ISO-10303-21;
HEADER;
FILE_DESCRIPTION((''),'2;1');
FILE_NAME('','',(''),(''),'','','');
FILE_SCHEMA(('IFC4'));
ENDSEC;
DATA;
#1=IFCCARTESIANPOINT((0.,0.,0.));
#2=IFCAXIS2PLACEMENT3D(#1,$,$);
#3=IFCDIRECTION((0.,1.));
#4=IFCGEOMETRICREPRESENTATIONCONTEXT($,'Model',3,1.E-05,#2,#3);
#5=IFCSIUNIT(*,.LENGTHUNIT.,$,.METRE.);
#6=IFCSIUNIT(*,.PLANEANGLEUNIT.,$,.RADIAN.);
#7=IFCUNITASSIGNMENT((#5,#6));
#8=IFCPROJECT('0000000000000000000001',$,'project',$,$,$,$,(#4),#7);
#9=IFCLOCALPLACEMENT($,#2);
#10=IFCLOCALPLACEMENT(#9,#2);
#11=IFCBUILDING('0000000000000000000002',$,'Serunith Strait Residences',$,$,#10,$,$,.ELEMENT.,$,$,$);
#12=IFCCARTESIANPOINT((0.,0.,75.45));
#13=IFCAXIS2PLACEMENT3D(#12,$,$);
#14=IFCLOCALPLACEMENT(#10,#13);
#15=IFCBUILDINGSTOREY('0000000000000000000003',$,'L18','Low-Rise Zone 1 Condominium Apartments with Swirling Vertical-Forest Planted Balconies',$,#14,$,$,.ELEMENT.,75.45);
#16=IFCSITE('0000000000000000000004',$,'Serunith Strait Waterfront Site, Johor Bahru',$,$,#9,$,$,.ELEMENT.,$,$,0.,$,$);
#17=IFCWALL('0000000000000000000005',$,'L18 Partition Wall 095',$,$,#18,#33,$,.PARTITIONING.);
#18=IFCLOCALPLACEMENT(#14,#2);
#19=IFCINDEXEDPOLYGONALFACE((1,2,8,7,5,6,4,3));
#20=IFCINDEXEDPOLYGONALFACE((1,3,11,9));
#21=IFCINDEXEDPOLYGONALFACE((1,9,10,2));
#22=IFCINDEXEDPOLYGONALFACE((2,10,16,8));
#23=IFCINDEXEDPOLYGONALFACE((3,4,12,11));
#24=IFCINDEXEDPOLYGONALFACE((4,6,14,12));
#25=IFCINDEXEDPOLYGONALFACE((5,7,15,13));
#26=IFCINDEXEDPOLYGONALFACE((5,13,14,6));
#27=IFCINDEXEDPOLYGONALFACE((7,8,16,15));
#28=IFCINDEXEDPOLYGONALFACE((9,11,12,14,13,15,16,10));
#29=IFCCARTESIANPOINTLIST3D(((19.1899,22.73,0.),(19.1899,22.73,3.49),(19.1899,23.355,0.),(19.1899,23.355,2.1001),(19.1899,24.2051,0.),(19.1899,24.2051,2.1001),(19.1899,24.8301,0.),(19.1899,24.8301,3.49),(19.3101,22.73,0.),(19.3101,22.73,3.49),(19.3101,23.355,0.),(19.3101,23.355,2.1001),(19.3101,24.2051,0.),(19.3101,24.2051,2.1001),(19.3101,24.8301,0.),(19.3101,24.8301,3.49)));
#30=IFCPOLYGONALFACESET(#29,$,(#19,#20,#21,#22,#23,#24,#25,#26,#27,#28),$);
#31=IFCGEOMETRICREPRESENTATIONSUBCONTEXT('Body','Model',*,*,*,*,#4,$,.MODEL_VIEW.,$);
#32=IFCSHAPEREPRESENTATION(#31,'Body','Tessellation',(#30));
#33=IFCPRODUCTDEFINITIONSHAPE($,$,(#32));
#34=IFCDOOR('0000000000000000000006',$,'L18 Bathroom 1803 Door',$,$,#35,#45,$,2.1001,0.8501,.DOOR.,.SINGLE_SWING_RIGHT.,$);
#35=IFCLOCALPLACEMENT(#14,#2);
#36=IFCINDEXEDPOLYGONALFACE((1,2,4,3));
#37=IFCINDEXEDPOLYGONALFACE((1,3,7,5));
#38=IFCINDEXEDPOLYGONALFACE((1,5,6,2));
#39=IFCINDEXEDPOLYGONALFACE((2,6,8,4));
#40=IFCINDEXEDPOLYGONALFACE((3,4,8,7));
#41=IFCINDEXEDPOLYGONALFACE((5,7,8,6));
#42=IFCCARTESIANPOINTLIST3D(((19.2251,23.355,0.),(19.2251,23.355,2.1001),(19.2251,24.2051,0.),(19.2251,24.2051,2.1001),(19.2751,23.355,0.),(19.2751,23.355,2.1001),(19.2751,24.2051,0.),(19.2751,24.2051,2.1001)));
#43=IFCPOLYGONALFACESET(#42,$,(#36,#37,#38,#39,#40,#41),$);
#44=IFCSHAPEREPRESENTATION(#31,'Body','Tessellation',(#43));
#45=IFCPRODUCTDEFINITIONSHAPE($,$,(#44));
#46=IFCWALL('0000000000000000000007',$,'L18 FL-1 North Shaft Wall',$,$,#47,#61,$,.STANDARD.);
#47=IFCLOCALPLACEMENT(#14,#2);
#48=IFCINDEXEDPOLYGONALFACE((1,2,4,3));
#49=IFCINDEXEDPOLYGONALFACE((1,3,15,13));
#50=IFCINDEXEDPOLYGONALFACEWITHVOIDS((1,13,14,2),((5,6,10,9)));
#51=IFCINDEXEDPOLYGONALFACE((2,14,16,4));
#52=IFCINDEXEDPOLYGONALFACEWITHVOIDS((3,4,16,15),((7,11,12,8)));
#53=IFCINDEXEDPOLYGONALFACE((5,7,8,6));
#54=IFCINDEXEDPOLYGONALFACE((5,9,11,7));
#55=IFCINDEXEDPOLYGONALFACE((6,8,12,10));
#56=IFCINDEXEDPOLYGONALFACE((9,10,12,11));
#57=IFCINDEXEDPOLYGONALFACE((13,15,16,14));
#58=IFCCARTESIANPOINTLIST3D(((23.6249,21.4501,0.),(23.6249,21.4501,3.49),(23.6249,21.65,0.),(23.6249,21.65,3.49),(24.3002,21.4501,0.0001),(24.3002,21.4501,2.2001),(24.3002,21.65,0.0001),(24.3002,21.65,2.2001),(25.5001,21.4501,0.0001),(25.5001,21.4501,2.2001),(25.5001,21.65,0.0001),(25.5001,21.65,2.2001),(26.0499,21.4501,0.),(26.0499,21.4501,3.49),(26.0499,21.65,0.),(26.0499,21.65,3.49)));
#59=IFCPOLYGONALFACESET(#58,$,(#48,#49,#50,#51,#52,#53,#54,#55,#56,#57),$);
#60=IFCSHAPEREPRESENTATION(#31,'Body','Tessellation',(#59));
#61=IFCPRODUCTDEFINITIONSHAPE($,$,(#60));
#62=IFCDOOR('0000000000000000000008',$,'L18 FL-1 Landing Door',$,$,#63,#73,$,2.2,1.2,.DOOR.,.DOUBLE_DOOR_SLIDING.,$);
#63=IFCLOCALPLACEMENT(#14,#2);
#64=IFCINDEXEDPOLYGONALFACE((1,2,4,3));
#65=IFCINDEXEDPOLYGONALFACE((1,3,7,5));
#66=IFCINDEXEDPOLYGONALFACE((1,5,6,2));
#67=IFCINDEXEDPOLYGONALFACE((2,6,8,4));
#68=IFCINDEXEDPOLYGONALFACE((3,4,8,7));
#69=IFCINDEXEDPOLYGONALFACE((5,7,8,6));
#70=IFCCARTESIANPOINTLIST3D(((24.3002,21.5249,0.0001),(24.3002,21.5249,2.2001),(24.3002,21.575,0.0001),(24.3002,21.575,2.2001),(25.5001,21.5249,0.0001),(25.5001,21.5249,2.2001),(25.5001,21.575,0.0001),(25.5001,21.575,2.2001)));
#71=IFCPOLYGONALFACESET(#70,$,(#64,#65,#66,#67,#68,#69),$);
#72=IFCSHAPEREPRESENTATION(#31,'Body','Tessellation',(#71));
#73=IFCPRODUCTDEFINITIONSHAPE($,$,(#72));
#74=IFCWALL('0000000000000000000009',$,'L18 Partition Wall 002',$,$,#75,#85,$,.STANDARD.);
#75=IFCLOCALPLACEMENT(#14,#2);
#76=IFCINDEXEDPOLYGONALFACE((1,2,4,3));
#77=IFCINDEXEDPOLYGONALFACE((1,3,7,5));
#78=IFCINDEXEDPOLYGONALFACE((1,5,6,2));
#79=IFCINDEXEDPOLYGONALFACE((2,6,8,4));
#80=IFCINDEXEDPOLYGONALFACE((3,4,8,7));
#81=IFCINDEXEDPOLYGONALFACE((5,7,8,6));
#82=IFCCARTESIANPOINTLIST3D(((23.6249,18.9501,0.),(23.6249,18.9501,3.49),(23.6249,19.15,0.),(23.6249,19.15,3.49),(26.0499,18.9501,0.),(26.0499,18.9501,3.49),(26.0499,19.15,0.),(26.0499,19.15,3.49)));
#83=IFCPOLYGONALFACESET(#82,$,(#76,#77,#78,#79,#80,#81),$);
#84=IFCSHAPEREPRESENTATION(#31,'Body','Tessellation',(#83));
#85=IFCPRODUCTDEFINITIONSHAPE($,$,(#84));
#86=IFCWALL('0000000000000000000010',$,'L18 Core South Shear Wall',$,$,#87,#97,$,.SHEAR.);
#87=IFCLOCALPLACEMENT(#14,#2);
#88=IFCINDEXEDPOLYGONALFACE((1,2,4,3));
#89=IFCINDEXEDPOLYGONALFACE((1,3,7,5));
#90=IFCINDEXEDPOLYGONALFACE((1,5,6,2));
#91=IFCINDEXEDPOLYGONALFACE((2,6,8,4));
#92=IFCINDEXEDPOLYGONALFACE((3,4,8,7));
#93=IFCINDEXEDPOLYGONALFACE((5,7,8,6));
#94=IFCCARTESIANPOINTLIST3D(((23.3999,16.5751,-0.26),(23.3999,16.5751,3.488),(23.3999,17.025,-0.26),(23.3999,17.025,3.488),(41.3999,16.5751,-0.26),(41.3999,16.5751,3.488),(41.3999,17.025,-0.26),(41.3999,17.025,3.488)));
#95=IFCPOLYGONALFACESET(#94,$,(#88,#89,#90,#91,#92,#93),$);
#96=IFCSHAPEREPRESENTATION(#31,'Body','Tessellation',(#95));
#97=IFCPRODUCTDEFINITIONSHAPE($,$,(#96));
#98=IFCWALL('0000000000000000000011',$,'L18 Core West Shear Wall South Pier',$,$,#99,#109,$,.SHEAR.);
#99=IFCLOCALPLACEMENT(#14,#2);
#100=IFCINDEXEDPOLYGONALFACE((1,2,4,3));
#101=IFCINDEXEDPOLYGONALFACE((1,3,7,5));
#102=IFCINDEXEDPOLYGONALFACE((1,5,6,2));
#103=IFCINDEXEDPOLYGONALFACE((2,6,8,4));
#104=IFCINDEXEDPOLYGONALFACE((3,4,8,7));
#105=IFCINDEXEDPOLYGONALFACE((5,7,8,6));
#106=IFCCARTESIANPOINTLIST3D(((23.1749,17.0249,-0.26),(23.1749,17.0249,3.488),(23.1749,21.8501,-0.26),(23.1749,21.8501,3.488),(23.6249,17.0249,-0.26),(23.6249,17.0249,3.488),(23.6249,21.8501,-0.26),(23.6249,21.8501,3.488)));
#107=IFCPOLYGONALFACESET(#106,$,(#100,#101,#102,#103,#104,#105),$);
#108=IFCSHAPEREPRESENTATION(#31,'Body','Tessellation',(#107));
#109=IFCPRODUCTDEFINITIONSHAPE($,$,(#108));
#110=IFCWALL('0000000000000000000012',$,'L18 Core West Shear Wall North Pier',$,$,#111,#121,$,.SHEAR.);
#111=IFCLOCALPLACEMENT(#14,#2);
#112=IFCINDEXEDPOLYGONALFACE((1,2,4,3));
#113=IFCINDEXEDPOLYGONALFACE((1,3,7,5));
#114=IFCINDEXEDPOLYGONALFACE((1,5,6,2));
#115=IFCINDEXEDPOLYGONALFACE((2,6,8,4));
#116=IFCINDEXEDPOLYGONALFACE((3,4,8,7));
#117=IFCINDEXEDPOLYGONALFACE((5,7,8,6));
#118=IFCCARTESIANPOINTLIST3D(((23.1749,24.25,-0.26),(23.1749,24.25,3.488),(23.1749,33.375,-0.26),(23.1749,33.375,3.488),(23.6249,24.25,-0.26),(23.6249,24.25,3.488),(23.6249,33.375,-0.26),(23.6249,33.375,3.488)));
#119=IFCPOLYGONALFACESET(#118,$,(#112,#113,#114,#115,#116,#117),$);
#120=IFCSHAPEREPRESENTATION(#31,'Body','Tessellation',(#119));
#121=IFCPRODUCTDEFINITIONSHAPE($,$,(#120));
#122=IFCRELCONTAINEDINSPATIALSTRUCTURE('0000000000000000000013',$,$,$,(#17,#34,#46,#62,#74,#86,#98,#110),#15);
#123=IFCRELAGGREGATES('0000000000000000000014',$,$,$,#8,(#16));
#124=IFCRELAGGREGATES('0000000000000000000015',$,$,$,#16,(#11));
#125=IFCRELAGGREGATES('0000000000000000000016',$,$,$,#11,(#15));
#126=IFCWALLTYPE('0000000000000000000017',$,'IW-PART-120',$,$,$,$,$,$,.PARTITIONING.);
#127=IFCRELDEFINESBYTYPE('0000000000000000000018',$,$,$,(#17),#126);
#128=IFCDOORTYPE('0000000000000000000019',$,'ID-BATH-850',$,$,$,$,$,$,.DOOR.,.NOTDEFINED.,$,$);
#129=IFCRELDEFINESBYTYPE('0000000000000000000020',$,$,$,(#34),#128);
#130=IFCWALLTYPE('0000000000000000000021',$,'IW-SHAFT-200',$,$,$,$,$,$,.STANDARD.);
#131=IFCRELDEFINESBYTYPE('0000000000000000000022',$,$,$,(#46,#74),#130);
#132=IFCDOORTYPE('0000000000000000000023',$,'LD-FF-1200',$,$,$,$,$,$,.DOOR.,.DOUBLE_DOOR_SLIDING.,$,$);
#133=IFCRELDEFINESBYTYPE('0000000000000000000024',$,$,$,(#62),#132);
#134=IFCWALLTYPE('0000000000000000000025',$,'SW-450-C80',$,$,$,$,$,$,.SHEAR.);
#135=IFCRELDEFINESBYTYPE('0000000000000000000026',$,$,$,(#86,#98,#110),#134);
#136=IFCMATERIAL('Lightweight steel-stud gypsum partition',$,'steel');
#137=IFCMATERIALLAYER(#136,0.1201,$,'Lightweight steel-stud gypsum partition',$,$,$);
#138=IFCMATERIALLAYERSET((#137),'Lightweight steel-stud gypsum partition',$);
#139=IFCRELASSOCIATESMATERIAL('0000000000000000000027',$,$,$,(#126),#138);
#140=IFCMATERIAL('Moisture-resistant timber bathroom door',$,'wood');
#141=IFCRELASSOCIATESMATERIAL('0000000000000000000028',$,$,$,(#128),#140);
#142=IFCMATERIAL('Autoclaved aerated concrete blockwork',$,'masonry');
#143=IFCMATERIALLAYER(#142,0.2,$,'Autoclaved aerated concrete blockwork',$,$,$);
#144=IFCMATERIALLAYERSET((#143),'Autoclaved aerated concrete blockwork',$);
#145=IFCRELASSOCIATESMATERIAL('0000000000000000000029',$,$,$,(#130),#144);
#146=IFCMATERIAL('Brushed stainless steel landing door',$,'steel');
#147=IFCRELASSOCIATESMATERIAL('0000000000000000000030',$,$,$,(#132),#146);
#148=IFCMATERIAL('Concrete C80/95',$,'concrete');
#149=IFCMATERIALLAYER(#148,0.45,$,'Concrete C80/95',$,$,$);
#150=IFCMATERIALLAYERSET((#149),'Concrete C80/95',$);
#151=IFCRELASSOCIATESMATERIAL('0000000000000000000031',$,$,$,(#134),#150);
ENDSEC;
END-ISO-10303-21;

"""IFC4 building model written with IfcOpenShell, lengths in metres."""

from ifc_helpers import new_model, si_unit, direction, frame, frame_2d, origin, place, context, subcontext, project, spatial, rectangle, extrude, source, transform, mapped, material, layer, layer_set, type_object, element, fill, save


model = new_model("IFC4")

# Units and contexts
model_context = context("Model", 3, precision=1e-05, world=origin(), true_north=direction((0.0, 1.0)))
body_context = subcontext(model_context, "Body", "Model", "MODEL_VIEW")
ifc_project = project(units=[si_unit("LENGTHUNIT", "METRE"), si_unit("PLANEANGLEUNIT", "RADIAN")], contexts=[model_context])

# Site, building, storey
site_placement = place(None, origin())
site = spatial("IfcSite", under=ifc_project, at=site_placement, Name="Serunith Strait Waterfront Site, Johor Bahru", CompositionType="ELEMENT", RefElevation=0.0)
building_placement = place(site_placement, origin())
building = spatial("IfcBuilding", under=site, at=building_placement, Name="Serunith Strait Residences", CompositionType="ELEMENT")
storey_placement = place(building_placement, frame((0.0, 0.0, 75.45)))
storey = spatial("IfcBuildingStorey", under=building, at=storey_placement, Name="L18", Description="Low-Rise Zone 1 Condominium Apartments with Swirling Vertical-Forest Planted Balconies", CompositionType="ELEMENT", Elevation=75.45)

# Shared definitions
ifc_material_1 = material(Name="Lightweight steel-stud gypsum partition", Category="steel")
ifc_layer_1 = layer(ifc_material_1, 0.1201, Name="Lightweight steel-stud gypsum partition")
ifc_layer_set_1 = layer_set([ifc_layer_1], Name="Lightweight steel-stud gypsum partition")
wall_type_1 = type_object("IfcWallType", Name="IW-PART-120", PredefinedType="PARTITIONING", material=ifc_layer_set_1)
shared_shape_1 = source(origin(), body_context, "Body", "SweptSolid", [
    extrude(rectangle(XDim=0.8501, YDim=2.1001, at=frame_2d((0.425, 1.05))), frame((0.0, 0.0249, 0.0), z_axis=(0.0, -1.0, 0.0), x_axis=(1.0, 0.0, 0.0)), (0.0, 0.0, 1.0), 0.05),
])

# Walls, openings, doors
wall_1_placement = place(storey_placement, frame((19.25, 22.73, 0.0), z_axis=(0.0, 0.0, 1.0), x_axis=(0.0, 1.0, 0.0)))
wall_1 = element("IfcWall", 1, at=wall_1_placement, inside=storey, type_object=wall_type_1, Name="L18 Partition Wall 095", PredefinedType="PARTITIONING", context=body_context, shape_type="SweptSolid", body=[
    extrude(rectangle(XDim=2.1001, YDim=0.1201, at=frame_2d((1.05, 0.0))), origin(), (0.0, 0.0, 1.0), 3.49),
])
opening_1_placement = place(wall_1_placement, frame((0.625, 0.0, 0.0)))
opening_1 = element("IfcOpeningElement", 2, at=opening_1_placement, cuts=wall_1, PredefinedType="OPENING", context=body_context, shape_type="SweptSolid", body=[
    extrude(rectangle(XDim=0.8501, YDim=2.1001, at=frame_2d((0.425, 1.05))), frame((0.0, 0.0701, 0.0), z_axis=(0.0, -1.0, 0.0), x_axis=(1.0, 0.0, 0.0)), (0.0, 0.0, 1.0), 0.1401),
])
ifc_material_2 = material(Name="Moisture-resistant timber bathroom door", Category="wood")
door_type_1 = type_object("IfcDoorType", Name="ID-BATH-850", OperationType="NOTDEFINED", PredefinedType="DOOR", material=ifc_material_2)
door_1_placement = place(opening_1_placement, origin())
door_1 = element("IfcDoor", 3, at=door_1_placement, inside=storey, type_object=door_type_1, Name="L18 Bathroom 1803 Door", OperationType="SINGLE_SWING_RIGHT", OverallHeight=2.1001, OverallWidth=0.8501, PredefinedType="DOOR", context=body_context, shape_type="MappedRepresentation", body=[
    mapped(shared_shape_1, transform((0.0, 0.0, 0.0), scale=1.0)),
])
fill(opening_1, door_1)
ifc_material_3 = material(Name="Autoclaved aerated concrete blockwork", Category="masonry")
ifc_layer_2 = layer(ifc_material_3, 0.2, Name="Autoclaved aerated concrete blockwork")
ifc_layer_set_2 = layer_set([ifc_layer_2], Name="Autoclaved aerated concrete blockwork")
wall_type_2 = type_object("IfcWallType", Name="IW-SHAFT-200", PredefinedType="STANDARD", material=ifc_layer_set_2)
wall_2_placement = place(storey_placement, frame((23.625, 21.55, 0.0), z_axis=(0.0, 0.0, 1.0), x_axis=(1.0, 0.0, 0.0)))
wall_2 = element("IfcWall", 4, at=wall_2_placement, inside=storey, type_object=wall_type_2, Name="L18 FL-1 North Shaft Wall", PredefinedType="STANDARD", context=body_context, shape_type="SweptSolid", body=[
    extrude(rectangle(XDim=2.425, YDim=0.2, at=frame_2d((1.2124, 0.0))), origin(), (0.0, 0.0, 1.0), 3.49),
])
opening_2_placement = place(wall_2_placement, frame((0.675, 0.0, 0.0)))
opening_2 = element("IfcOpeningElement", 5, at=opening_2_placement, cuts=wall_2, PredefinedType="OPENING", context=body_context, shape_type="SweptSolid", body=[
    extrude(rectangle(XDim=1.2, YDim=2.2, at=frame_2d((0.6001, 1.1001))), frame((0.0, 0.1099, 0.0), z_axis=(0.0, -1.0, 0.0), x_axis=(1.0, 0.0, 0.0)), (0.0, 0.0, 1.0), 0.22),
])
ifc_material_4 = material(Name="Brushed stainless steel landing door", Category="steel")
door_type_2 = type_object("IfcDoorType", Name="LD-FF-1200", OperationType="DOUBLE_DOOR_SLIDING", PredefinedType="DOOR", material=ifc_material_4)
shared_shape_2 = source(origin(), body_context, "Body", "SweptSolid", [
    extrude(rectangle(XDim=1.2, YDim=2.2, at=frame_2d((0.6001, 1.1001))), frame((0.0, 0.0249, 0.0), z_axis=(0.0, -1.0, 0.0), x_axis=(1.0, 0.0, 0.0)), (0.0, 0.0, 1.0), 0.05),
])
door_2_placement = place(opening_2_placement, origin())
door_2 = element("IfcDoor", 6, at=door_2_placement, inside=storey, type_object=door_type_2, Name="L18 FL-1 Landing Door", OperationType="DOUBLE_DOOR_SLIDING", OverallHeight=2.2, OverallWidth=1.2, PredefinedType="DOOR", context=body_context, shape_type="MappedRepresentation", body=[
    mapped(shared_shape_2, transform((0.0, 0.0, 0.0), scale=1.0)),
])
fill(opening_2, door_2)

# Wall
wall_3_placement = place(storey_placement, frame((23.625, 19.05, 0.0), z_axis=(0.0, 0.0, 1.0), x_axis=(1.0, 0.0, 0.0)))
element("IfcWall", 7, at=wall_3_placement, inside=storey, type_object=wall_type_2, Name="L18 Partition Wall 002", PredefinedType="STANDARD", context=body_context, shape_type="SweptSolid", body=[
    extrude(rectangle(XDim=2.425, YDim=0.2, at=frame_2d((1.2124, 0.0))), origin(), (0.0, 0.0, 1.0), 3.49),
])

# Walls
ifc_material_5 = material(Name="Concrete C80/95", Category="concrete")
ifc_layer_3 = layer(ifc_material_5, 0.45, Name="Concrete C80/95")
ifc_layer_set_3 = layer_set([ifc_layer_3], Name="Concrete C80/95")
wall_type_3 = type_object("IfcWallType", Name="SW-450-C80", PredefinedType="SHEAR", material=ifc_layer_set_3)
wall_4_placement = place(storey_placement, frame((23.3999, 16.8, -0.26), z_axis=(0.0, 0.0, 1.0), x_axis=(1.0, 0.0, 0.0)))
element("IfcWall", 8, at=wall_4_placement, inside=storey, type_object=wall_type_3, Name="L18 Core South Shear Wall", PredefinedType="SHEAR", context=body_context, shape_type="SweptSolid", body=[
    extrude(rectangle(XDim=18.0, YDim=0.45, at=frame_2d((9.0, 0.0))), origin(), (0.0, 0.0, 1.0), 3.748),
])
wall_5_placement = place(storey_placement, frame((23.3999, 17.0249, -0.26), z_axis=(0.0, 0.0, 1.0), x_axis=(0.0, 1.0, 0.0)))
element("IfcWall", 9, at=wall_5_placement, inside=storey, type_object=wall_type_3, Name="L18 Core West Shear Wall South Pier", PredefinedType="SHEAR", context=body_context, shape_type="SweptSolid", body=[
    extrude(rectangle(XDim=4.8252, YDim=0.45, at=frame_2d((2.4126, 0.0))), origin(), (0.0, 0.0, 1.0), 3.748),
])
wall_6_placement = place(storey_placement, frame((23.3999, 24.25, -0.26), z_axis=(0.0, 0.0, 1.0), x_axis=(0.0, 1.0, 0.0)))
element("IfcWall", 10, at=wall_6_placement, inside=storey, type_object=wall_type_3, Name="L18 Core West Shear Wall North Pier", PredefinedType="SHEAR", context=body_context, shape_type="SweptSolid", body=[
    extrude(rectangle(XDim=9.125, YDim=0.45, at=frame_2d((4.5625, 0.0))), origin(), (0.0, 0.0, 1.0), 3.748),
])

save(model, "model.ifc")
